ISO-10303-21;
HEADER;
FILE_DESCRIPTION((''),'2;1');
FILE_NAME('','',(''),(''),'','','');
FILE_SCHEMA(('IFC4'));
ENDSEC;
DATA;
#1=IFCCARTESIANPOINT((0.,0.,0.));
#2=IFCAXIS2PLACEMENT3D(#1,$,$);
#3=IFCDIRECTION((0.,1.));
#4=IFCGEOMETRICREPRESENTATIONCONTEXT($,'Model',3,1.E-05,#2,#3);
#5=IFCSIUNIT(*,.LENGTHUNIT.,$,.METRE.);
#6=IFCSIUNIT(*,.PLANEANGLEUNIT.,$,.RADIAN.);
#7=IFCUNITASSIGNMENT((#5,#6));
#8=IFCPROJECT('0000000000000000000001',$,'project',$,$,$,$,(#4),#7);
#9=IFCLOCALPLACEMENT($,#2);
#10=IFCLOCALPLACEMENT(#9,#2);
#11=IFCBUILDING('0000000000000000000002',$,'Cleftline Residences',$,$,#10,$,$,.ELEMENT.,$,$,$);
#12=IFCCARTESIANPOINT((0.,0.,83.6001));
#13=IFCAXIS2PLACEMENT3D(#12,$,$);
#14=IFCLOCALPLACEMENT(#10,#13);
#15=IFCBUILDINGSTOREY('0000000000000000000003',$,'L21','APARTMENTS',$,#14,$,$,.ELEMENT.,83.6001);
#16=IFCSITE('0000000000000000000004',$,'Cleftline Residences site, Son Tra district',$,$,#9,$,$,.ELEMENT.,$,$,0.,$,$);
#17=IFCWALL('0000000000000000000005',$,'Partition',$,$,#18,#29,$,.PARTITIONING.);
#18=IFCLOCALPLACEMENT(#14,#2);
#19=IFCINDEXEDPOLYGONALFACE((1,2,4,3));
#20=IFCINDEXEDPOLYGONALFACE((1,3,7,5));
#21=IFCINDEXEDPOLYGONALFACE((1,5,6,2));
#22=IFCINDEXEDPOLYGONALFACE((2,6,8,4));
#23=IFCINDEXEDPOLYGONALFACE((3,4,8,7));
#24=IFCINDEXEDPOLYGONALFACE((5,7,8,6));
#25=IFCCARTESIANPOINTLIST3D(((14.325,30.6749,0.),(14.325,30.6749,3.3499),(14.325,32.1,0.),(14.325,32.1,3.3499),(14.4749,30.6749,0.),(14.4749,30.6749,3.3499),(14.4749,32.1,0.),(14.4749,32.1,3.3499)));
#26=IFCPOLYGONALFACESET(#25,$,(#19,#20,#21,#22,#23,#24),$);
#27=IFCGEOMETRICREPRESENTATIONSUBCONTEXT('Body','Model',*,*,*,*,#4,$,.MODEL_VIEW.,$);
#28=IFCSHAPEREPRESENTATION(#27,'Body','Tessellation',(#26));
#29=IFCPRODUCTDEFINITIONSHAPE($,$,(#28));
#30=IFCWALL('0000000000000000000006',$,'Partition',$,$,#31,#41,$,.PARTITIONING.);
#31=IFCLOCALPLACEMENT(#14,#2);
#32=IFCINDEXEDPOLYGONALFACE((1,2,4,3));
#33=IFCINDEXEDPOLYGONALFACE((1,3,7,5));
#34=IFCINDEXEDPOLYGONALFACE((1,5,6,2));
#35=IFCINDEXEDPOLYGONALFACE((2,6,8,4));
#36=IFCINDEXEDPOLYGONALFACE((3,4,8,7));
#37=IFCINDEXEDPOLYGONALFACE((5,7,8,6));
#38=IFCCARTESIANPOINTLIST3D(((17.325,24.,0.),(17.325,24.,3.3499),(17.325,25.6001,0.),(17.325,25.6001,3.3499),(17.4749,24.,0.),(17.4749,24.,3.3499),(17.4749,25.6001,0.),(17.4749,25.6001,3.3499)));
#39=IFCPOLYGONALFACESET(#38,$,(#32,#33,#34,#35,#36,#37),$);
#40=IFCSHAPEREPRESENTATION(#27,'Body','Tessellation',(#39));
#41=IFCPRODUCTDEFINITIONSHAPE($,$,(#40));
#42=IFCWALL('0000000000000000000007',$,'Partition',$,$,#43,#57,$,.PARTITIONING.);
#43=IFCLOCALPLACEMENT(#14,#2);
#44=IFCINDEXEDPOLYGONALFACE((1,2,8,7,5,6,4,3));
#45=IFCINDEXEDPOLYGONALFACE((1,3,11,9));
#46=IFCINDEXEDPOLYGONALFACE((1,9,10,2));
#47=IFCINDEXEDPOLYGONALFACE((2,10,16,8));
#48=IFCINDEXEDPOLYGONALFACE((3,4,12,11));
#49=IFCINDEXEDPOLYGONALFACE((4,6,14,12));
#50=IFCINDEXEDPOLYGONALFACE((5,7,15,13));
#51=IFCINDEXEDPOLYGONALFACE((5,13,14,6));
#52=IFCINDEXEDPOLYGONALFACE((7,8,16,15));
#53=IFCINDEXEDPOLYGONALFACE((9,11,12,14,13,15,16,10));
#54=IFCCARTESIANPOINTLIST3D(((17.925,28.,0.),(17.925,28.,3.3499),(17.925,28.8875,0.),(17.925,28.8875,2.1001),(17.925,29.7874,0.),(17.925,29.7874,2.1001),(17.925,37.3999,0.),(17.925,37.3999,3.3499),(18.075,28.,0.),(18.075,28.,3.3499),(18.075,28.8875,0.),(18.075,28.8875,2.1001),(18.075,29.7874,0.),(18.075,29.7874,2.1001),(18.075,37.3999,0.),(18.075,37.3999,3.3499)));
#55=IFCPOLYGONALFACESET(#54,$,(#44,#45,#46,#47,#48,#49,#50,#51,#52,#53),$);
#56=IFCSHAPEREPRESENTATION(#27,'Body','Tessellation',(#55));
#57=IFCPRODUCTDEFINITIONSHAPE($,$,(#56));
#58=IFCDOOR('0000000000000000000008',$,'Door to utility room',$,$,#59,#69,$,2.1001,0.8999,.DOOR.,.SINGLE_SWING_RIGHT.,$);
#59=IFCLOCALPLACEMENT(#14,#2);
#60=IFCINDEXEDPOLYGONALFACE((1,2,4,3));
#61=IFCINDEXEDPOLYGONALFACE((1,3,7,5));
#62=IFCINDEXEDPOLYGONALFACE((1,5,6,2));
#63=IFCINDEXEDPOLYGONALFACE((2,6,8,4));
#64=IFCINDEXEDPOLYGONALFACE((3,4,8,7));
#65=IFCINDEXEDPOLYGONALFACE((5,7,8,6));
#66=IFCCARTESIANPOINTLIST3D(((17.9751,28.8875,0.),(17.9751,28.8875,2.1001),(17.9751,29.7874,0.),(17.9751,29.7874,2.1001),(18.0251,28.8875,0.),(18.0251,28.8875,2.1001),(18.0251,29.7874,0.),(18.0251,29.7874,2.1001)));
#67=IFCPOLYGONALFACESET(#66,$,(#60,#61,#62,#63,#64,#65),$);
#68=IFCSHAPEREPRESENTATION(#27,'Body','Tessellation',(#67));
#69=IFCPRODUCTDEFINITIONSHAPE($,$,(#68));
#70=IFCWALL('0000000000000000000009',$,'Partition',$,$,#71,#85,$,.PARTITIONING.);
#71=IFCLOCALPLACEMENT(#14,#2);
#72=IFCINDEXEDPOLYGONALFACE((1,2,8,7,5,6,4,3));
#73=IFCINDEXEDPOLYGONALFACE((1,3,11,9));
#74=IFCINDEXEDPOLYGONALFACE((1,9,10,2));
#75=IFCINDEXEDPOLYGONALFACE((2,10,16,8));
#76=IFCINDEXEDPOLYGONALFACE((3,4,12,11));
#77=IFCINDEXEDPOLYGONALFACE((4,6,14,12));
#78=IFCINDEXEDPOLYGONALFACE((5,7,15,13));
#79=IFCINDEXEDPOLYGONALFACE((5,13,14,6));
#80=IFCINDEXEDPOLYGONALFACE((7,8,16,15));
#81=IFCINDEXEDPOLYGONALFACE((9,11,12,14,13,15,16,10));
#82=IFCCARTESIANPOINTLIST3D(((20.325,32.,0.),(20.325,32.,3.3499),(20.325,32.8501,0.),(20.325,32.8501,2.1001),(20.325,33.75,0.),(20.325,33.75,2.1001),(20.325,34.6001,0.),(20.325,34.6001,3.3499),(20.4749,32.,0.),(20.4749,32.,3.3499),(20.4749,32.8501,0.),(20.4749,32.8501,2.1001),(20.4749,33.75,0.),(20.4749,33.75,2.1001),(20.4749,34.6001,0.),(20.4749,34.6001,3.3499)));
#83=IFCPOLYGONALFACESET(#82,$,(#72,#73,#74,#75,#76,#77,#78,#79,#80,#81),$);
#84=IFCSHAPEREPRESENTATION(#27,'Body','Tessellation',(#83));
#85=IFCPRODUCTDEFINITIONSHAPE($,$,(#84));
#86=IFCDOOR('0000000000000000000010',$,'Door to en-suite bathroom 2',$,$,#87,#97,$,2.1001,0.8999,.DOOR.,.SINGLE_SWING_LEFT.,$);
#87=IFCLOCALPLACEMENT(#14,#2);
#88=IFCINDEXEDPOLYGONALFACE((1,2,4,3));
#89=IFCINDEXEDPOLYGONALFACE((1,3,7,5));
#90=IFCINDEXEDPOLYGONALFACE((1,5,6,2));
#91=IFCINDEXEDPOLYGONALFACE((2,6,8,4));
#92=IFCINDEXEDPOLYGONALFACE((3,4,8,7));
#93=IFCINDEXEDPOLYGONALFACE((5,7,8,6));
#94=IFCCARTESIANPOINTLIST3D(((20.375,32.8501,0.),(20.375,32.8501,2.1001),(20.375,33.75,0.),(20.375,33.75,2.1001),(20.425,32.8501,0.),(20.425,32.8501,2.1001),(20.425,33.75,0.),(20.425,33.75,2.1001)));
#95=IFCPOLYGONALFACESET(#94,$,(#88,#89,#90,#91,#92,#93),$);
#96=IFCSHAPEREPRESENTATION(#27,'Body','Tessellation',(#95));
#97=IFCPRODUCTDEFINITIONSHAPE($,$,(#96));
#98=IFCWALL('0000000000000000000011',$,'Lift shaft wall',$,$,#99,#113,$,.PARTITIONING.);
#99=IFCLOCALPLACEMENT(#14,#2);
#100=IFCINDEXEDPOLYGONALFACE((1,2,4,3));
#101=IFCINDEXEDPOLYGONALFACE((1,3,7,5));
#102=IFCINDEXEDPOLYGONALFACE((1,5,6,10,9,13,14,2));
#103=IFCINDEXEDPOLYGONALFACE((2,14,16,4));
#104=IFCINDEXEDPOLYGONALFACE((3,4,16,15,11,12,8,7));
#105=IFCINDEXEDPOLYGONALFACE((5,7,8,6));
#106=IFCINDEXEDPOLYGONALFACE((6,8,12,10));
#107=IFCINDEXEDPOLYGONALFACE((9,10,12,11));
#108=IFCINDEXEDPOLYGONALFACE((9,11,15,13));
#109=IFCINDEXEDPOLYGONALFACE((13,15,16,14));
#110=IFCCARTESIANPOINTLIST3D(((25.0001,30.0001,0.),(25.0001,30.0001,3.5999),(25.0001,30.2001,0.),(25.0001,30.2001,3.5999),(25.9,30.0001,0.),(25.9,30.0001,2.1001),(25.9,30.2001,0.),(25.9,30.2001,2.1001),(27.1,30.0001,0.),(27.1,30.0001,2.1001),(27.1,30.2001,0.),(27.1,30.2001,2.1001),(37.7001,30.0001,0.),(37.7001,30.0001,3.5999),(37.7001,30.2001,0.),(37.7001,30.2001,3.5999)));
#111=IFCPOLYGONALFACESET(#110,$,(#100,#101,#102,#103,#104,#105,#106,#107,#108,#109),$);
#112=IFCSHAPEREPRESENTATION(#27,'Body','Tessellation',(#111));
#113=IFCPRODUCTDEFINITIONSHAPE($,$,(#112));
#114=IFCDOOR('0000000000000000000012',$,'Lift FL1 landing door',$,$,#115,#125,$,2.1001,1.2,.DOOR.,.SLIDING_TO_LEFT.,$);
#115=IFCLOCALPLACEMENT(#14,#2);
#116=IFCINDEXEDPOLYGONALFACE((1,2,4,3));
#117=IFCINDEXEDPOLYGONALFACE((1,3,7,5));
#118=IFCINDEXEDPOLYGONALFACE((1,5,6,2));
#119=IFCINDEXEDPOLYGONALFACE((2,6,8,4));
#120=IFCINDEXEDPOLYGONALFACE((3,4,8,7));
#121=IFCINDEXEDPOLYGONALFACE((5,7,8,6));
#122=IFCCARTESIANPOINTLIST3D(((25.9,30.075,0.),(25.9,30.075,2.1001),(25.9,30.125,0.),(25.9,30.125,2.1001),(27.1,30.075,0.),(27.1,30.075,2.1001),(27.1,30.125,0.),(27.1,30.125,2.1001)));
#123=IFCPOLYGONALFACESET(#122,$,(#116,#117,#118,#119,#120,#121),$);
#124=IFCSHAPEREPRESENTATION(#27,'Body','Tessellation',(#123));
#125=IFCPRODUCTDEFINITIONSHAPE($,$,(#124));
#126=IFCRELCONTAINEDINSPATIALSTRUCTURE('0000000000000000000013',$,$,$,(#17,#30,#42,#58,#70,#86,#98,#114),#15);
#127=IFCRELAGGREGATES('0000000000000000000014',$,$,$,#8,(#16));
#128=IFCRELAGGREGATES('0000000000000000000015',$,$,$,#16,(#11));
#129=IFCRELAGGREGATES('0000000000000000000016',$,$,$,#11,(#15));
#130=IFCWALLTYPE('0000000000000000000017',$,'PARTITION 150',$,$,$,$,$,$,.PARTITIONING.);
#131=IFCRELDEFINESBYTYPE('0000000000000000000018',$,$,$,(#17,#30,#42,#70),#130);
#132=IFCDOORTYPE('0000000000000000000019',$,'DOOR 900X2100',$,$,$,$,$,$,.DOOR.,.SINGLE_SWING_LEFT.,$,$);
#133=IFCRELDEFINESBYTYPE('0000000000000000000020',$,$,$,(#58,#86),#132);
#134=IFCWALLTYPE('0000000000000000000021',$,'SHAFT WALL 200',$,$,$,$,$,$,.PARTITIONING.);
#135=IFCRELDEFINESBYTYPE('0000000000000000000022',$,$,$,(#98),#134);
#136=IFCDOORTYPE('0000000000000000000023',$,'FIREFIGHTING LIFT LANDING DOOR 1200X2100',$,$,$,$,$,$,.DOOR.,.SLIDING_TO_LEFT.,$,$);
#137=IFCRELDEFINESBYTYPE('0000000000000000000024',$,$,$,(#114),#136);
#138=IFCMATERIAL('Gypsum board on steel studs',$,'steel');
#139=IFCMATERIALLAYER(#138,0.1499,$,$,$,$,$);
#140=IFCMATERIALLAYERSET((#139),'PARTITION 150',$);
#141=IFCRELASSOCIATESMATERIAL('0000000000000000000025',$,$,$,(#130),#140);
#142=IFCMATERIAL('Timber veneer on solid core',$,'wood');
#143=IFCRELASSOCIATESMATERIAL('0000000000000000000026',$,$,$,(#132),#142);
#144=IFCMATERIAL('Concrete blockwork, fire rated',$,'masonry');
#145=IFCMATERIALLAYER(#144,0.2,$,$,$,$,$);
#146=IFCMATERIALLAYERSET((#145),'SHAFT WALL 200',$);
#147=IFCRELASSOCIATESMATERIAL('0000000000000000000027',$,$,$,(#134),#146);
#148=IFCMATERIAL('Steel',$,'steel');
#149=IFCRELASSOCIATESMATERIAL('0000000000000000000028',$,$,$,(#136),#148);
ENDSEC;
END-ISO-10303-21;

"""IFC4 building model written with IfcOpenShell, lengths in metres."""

from ifc_helpers import new_model, si_unit, direction, frame, frame_2d, origin, place, context, subcontext, project, spatial, rectangle, extrude, material, layer, layer_set, type_object, element, fill, save


model = new_model("IFC4")

# Units and contexts
model_context = context("Model", 3, precision=1e-05, world=origin(), true_north=direction((0.0, 1.0)))
body_context = subcontext(model_context, "Body", "Model", "MODEL_VIEW")
ifc_project = project(units=[si_unit("LENGTHUNIT", "METRE"), si_unit("PLANEANGLEUNIT", "RADIAN")], contexts=[model_context])

# Site, building, storey
site_placement = place(None, origin())
site = spatial("IfcSite", under=ifc_project, at=site_placement, Name="Cleftline Residences site, Son Tra district", CompositionType="ELEMENT", RefElevation=0.0)
building_placement = place(site_placement, origin())
building = spatial("IfcBuilding", under=site, at=building_placement, Name="Cleftline Residences", CompositionType="ELEMENT")
storey_placement = place(building_placement, frame((0.0, 0.0, 83.6001)))
storey = spatial("IfcBuildingStorey", under=building, at=storey_placement, Name="L21", Description="APARTMENTS", CompositionType="ELEMENT", Elevation=83.6001)

# Shared definitions
ifc_material_1 = material(Name="Gypsum board on steel studs", Category="steel")
ifc_layer_1 = layer(ifc_material_1, 0.1499)
ifc_layer_set_1 = layer_set([ifc_layer_1], Name="PARTITION 150")
wall_type_1 = type_object("IfcWallType", Name="PARTITION 150", PredefinedType="PARTITIONING", material=ifc_layer_set_1)
ifc_material_2 = material(Name="Timber veneer on solid core", Category="wood")
door_type_1 = type_object("IfcDoorType", Name="DOOR 900X2100", OperationType="SINGLE_SWING_LEFT", PredefinedType="DOOR", material=ifc_material_2)

# Walls
wall_1_placement = place(storey_placement, frame((14.3999, 30.675, 0.0), z_axis=(0.0, 0.0, 1.0), x_axis=(0.0, 1.0, 0.0)))
element("IfcWall", 1, at=wall_1_placement, inside=storey, type_object=wall_type_1, Name="Partition", PredefinedType="PARTITIONING", context=body_context, shape_type="SweptSolid", body=[
    extrude(rectangle(XDim=1.425, YDim=0.1499, at=frame_2d((0.7124, 0.0))), origin(), (0.0, 0.0, 1.0), 3.3499),
])
wall_2_placement = place(storey_placement, frame((17.3999, 24.0, 0.0), z_axis=(0.0, 0.0, 1.0), x_axis=(0.0, 1.0, 0.0)))
element("IfcWall", 2, at=wall_2_placement, inside=storey, type_object=wall_type_1, Name="Partition", PredefinedType="PARTITIONING", context=body_context, shape_type="SweptSolid", body=[
    extrude(rectangle(XDim=1.6001, YDim=0.1499, at=frame_2d((0.8, 0.0))), origin(), (0.0, 0.0, 1.0), 3.3499),
])

# Walls, openings, doors
wall_3_placement = place(storey_placement, frame((18.0, 28.0, 0.0), z_axis=(0.0, 0.0, 1.0), x_axis=(0.0, 1.0, 0.0)))
wall_3 = element("IfcWall", 3, at=wall_3_placement, inside=storey, type_object=wall_type_1, Name="Partition", PredefinedType="PARTITIONING", context=body_context, shape_type="SweptSolid", body=[
    extrude(rectangle(XDim=9.3999, YDim=0.1499, at=frame_2d((4.7, 0.0))), origin(), (0.0, 0.0, 1.0), 3.3499),
])
opening_1_placement = place(wall_3_placement, frame((0.8875, 0.0, 0.0)))
opening_1 = element("IfcOpeningElement", 4, at=opening_1_placement, cuts=wall_3, PredefinedType="OPENING", context=body_context, shape_type="SweptSolid", body=[
    extrude(rectangle(XDim=0.8999, YDim=2.1001, at=frame_2d((0.45, 1.05))), frame((0.0, 0.085, 0.0), z_axis=(0.0, -1.0, 0.0), x_axis=(1.0, 0.0, 0.0)), (0.0, 0.0, 1.0), 0.1699),
])
door_1_placement = place(opening_1_placement, origin())
door_1 = element("IfcDoor", 5, at=door_1_placement, inside=storey, type_object=door_type_1, Name="Door to utility room", OperationType="SINGLE_SWING_RIGHT", OverallHeight=2.1001, OverallWidth=0.8999, PredefinedType="DOOR", context=body_context, shape_type="SweptSolid", body=[
    extrude(rectangle(XDim=0.8999, YDim=2.1001, at=frame_2d((0.45, 1.05))), frame((0.0, 0.0249, 0.0), z_axis=(0.0, -1.0, 0.0), x_axis=(1.0, 0.0, 0.0)), (0.0, 0.0, 1.0), 0.05),
])
fill(opening_1, door_1)
wall_4_placement = place(storey_placement, frame((20.3999, 32.0, 0.0), z_axis=(0.0, 0.0, 1.0), x_axis=(0.0, 1.0, 0.0)))
wall_4 = element("IfcWall", 6, at=wall_4_placement, inside=storey, type_object=wall_type_1, Name="Partition", PredefinedType="PARTITIONING", context=body_context, shape_type="SweptSolid", body=[
    extrude(rectangle(XDim=2.6001, YDim=0.1499, at=frame_2d((1.3, 0.0))), origin(), (0.0, 0.0, 1.0), 3.3499),
])
opening_2_placement = place(wall_4_placement, frame((0.8501, 0.0, 0.0)))
opening_2 = element("IfcOpeningElement", 7, at=opening_2_placement, cuts=wall_4, PredefinedType="OPENING", context=body_context, shape_type="SweptSolid", body=[
    extrude(rectangle(XDim=0.8999, YDim=2.1001, at=frame_2d((0.45, 1.05))), frame((0.0, 0.085, 0.0), z_axis=(0.0, -1.0, 0.0), x_axis=(1.0, 0.0, 0.0)), (0.0, 0.0, 1.0), 0.1699),
])
door_2_placement = place(opening_2_placement, origin())
door_2 = element("IfcDoor", 8, at=door_2_placement, inside=storey, type_object=door_type_1, Name="Door to en-suite bathroom 2", OperationType="SINGLE_SWING_LEFT", OverallHeight=2.1001, OverallWidth=0.8999, PredefinedType="DOOR", context=body_context, shape_type="SweptSolid", body=[
    extrude(rectangle(XDim=0.8999, YDim=2.1001, at=frame_2d((0.45, 1.05))), frame((0.0, 0.0249, 0.0), z_axis=(0.0, -1.0, 0.0), x_axis=(1.0, 0.0, 0.0)), (0.0, 0.0, 1.0), 0.05),
])
fill(opening_2, door_2)
ifc_material_3 = material(Name="Concrete blockwork, fire rated", Category="masonry")
ifc_layer_2 = layer(ifc_material_3, 0.2)
ifc_layer_set_2 = layer_set([ifc_layer_2], Name="SHAFT WALL 200")
wall_type_2 = type_object("IfcWallType", Name="SHAFT WALL 200", PredefinedType="PARTITIONING", material=ifc_layer_set_2)
wall_5_placement = place(storey_placement, frame((25.0, 30.1001, 0.0), z_axis=(0.0, 0.0, 1.0), x_axis=(1.0, 0.0, 0.0)))
wall_5 = element("IfcWall", 9, at=wall_5_placement, inside=storey, type_object=wall_type_2, Name="Lift shaft wall", PredefinedType="PARTITIONING", context=body_context, shape_type="SweptSolid", body=[
    extrude(rectangle(XDim=12.7, YDim=0.2, at=frame_2d((6.3501, 0.0))), origin(), (0.0, 0.0, 1.0), 3.5999),
])
opening_3_placement = place(wall_5_placement, frame((0.8999, 0.0, 0.0)))
opening_3 = element("IfcOpeningElement", 10, at=opening_3_placement, cuts=wall_5, PredefinedType="OPENING", context=body_context, shape_type="SweptSolid", body=[
    extrude(rectangle(XDim=1.2, YDim=2.1001, at=frame_2d((0.6001, 1.05))), frame((0.0, 0.1099, 0.0), z_axis=(0.0, -1.0, 0.0), x_axis=(1.0, 0.0, 0.0)), (0.0, 0.0, 1.0), 0.22),
])
ifc_material_4 = material(Name="Steel", Category="steel")
door_type_2 = type_object("IfcDoorType", Name="FIREFIGHTING LIFT LANDING DOOR 1200X2100", OperationType="SLIDING_TO_LEFT", PredefinedType="DOOR", material=ifc_material_4)
door_3_placement = place(opening_3_placement, origin())
door_3 = element("IfcDoor", 11, at=door_3_placement, inside=storey, type_object=door_type_2, Name="Lift FL1 landing door", OperationType="SLIDING_TO_LEFT", OverallHeight=2.1001, OverallWidth=1.2, PredefinedType="DOOR", context=body_context, shape_type="SweptSolid", body=[
    extrude(rectangle(XDim=1.2, YDim=2.1001, at=frame_2d((0.6001, 1.05))), frame((0.0, 0.0249, 0.0), z_axis=(0.0, -1.0, 0.0), x_axis=(1.0, 0.0, 0.0)), (0.0, 0.0, 1.0), 0.05),
])
fill(opening_3, door_3)

save(model, "model.ifc")
